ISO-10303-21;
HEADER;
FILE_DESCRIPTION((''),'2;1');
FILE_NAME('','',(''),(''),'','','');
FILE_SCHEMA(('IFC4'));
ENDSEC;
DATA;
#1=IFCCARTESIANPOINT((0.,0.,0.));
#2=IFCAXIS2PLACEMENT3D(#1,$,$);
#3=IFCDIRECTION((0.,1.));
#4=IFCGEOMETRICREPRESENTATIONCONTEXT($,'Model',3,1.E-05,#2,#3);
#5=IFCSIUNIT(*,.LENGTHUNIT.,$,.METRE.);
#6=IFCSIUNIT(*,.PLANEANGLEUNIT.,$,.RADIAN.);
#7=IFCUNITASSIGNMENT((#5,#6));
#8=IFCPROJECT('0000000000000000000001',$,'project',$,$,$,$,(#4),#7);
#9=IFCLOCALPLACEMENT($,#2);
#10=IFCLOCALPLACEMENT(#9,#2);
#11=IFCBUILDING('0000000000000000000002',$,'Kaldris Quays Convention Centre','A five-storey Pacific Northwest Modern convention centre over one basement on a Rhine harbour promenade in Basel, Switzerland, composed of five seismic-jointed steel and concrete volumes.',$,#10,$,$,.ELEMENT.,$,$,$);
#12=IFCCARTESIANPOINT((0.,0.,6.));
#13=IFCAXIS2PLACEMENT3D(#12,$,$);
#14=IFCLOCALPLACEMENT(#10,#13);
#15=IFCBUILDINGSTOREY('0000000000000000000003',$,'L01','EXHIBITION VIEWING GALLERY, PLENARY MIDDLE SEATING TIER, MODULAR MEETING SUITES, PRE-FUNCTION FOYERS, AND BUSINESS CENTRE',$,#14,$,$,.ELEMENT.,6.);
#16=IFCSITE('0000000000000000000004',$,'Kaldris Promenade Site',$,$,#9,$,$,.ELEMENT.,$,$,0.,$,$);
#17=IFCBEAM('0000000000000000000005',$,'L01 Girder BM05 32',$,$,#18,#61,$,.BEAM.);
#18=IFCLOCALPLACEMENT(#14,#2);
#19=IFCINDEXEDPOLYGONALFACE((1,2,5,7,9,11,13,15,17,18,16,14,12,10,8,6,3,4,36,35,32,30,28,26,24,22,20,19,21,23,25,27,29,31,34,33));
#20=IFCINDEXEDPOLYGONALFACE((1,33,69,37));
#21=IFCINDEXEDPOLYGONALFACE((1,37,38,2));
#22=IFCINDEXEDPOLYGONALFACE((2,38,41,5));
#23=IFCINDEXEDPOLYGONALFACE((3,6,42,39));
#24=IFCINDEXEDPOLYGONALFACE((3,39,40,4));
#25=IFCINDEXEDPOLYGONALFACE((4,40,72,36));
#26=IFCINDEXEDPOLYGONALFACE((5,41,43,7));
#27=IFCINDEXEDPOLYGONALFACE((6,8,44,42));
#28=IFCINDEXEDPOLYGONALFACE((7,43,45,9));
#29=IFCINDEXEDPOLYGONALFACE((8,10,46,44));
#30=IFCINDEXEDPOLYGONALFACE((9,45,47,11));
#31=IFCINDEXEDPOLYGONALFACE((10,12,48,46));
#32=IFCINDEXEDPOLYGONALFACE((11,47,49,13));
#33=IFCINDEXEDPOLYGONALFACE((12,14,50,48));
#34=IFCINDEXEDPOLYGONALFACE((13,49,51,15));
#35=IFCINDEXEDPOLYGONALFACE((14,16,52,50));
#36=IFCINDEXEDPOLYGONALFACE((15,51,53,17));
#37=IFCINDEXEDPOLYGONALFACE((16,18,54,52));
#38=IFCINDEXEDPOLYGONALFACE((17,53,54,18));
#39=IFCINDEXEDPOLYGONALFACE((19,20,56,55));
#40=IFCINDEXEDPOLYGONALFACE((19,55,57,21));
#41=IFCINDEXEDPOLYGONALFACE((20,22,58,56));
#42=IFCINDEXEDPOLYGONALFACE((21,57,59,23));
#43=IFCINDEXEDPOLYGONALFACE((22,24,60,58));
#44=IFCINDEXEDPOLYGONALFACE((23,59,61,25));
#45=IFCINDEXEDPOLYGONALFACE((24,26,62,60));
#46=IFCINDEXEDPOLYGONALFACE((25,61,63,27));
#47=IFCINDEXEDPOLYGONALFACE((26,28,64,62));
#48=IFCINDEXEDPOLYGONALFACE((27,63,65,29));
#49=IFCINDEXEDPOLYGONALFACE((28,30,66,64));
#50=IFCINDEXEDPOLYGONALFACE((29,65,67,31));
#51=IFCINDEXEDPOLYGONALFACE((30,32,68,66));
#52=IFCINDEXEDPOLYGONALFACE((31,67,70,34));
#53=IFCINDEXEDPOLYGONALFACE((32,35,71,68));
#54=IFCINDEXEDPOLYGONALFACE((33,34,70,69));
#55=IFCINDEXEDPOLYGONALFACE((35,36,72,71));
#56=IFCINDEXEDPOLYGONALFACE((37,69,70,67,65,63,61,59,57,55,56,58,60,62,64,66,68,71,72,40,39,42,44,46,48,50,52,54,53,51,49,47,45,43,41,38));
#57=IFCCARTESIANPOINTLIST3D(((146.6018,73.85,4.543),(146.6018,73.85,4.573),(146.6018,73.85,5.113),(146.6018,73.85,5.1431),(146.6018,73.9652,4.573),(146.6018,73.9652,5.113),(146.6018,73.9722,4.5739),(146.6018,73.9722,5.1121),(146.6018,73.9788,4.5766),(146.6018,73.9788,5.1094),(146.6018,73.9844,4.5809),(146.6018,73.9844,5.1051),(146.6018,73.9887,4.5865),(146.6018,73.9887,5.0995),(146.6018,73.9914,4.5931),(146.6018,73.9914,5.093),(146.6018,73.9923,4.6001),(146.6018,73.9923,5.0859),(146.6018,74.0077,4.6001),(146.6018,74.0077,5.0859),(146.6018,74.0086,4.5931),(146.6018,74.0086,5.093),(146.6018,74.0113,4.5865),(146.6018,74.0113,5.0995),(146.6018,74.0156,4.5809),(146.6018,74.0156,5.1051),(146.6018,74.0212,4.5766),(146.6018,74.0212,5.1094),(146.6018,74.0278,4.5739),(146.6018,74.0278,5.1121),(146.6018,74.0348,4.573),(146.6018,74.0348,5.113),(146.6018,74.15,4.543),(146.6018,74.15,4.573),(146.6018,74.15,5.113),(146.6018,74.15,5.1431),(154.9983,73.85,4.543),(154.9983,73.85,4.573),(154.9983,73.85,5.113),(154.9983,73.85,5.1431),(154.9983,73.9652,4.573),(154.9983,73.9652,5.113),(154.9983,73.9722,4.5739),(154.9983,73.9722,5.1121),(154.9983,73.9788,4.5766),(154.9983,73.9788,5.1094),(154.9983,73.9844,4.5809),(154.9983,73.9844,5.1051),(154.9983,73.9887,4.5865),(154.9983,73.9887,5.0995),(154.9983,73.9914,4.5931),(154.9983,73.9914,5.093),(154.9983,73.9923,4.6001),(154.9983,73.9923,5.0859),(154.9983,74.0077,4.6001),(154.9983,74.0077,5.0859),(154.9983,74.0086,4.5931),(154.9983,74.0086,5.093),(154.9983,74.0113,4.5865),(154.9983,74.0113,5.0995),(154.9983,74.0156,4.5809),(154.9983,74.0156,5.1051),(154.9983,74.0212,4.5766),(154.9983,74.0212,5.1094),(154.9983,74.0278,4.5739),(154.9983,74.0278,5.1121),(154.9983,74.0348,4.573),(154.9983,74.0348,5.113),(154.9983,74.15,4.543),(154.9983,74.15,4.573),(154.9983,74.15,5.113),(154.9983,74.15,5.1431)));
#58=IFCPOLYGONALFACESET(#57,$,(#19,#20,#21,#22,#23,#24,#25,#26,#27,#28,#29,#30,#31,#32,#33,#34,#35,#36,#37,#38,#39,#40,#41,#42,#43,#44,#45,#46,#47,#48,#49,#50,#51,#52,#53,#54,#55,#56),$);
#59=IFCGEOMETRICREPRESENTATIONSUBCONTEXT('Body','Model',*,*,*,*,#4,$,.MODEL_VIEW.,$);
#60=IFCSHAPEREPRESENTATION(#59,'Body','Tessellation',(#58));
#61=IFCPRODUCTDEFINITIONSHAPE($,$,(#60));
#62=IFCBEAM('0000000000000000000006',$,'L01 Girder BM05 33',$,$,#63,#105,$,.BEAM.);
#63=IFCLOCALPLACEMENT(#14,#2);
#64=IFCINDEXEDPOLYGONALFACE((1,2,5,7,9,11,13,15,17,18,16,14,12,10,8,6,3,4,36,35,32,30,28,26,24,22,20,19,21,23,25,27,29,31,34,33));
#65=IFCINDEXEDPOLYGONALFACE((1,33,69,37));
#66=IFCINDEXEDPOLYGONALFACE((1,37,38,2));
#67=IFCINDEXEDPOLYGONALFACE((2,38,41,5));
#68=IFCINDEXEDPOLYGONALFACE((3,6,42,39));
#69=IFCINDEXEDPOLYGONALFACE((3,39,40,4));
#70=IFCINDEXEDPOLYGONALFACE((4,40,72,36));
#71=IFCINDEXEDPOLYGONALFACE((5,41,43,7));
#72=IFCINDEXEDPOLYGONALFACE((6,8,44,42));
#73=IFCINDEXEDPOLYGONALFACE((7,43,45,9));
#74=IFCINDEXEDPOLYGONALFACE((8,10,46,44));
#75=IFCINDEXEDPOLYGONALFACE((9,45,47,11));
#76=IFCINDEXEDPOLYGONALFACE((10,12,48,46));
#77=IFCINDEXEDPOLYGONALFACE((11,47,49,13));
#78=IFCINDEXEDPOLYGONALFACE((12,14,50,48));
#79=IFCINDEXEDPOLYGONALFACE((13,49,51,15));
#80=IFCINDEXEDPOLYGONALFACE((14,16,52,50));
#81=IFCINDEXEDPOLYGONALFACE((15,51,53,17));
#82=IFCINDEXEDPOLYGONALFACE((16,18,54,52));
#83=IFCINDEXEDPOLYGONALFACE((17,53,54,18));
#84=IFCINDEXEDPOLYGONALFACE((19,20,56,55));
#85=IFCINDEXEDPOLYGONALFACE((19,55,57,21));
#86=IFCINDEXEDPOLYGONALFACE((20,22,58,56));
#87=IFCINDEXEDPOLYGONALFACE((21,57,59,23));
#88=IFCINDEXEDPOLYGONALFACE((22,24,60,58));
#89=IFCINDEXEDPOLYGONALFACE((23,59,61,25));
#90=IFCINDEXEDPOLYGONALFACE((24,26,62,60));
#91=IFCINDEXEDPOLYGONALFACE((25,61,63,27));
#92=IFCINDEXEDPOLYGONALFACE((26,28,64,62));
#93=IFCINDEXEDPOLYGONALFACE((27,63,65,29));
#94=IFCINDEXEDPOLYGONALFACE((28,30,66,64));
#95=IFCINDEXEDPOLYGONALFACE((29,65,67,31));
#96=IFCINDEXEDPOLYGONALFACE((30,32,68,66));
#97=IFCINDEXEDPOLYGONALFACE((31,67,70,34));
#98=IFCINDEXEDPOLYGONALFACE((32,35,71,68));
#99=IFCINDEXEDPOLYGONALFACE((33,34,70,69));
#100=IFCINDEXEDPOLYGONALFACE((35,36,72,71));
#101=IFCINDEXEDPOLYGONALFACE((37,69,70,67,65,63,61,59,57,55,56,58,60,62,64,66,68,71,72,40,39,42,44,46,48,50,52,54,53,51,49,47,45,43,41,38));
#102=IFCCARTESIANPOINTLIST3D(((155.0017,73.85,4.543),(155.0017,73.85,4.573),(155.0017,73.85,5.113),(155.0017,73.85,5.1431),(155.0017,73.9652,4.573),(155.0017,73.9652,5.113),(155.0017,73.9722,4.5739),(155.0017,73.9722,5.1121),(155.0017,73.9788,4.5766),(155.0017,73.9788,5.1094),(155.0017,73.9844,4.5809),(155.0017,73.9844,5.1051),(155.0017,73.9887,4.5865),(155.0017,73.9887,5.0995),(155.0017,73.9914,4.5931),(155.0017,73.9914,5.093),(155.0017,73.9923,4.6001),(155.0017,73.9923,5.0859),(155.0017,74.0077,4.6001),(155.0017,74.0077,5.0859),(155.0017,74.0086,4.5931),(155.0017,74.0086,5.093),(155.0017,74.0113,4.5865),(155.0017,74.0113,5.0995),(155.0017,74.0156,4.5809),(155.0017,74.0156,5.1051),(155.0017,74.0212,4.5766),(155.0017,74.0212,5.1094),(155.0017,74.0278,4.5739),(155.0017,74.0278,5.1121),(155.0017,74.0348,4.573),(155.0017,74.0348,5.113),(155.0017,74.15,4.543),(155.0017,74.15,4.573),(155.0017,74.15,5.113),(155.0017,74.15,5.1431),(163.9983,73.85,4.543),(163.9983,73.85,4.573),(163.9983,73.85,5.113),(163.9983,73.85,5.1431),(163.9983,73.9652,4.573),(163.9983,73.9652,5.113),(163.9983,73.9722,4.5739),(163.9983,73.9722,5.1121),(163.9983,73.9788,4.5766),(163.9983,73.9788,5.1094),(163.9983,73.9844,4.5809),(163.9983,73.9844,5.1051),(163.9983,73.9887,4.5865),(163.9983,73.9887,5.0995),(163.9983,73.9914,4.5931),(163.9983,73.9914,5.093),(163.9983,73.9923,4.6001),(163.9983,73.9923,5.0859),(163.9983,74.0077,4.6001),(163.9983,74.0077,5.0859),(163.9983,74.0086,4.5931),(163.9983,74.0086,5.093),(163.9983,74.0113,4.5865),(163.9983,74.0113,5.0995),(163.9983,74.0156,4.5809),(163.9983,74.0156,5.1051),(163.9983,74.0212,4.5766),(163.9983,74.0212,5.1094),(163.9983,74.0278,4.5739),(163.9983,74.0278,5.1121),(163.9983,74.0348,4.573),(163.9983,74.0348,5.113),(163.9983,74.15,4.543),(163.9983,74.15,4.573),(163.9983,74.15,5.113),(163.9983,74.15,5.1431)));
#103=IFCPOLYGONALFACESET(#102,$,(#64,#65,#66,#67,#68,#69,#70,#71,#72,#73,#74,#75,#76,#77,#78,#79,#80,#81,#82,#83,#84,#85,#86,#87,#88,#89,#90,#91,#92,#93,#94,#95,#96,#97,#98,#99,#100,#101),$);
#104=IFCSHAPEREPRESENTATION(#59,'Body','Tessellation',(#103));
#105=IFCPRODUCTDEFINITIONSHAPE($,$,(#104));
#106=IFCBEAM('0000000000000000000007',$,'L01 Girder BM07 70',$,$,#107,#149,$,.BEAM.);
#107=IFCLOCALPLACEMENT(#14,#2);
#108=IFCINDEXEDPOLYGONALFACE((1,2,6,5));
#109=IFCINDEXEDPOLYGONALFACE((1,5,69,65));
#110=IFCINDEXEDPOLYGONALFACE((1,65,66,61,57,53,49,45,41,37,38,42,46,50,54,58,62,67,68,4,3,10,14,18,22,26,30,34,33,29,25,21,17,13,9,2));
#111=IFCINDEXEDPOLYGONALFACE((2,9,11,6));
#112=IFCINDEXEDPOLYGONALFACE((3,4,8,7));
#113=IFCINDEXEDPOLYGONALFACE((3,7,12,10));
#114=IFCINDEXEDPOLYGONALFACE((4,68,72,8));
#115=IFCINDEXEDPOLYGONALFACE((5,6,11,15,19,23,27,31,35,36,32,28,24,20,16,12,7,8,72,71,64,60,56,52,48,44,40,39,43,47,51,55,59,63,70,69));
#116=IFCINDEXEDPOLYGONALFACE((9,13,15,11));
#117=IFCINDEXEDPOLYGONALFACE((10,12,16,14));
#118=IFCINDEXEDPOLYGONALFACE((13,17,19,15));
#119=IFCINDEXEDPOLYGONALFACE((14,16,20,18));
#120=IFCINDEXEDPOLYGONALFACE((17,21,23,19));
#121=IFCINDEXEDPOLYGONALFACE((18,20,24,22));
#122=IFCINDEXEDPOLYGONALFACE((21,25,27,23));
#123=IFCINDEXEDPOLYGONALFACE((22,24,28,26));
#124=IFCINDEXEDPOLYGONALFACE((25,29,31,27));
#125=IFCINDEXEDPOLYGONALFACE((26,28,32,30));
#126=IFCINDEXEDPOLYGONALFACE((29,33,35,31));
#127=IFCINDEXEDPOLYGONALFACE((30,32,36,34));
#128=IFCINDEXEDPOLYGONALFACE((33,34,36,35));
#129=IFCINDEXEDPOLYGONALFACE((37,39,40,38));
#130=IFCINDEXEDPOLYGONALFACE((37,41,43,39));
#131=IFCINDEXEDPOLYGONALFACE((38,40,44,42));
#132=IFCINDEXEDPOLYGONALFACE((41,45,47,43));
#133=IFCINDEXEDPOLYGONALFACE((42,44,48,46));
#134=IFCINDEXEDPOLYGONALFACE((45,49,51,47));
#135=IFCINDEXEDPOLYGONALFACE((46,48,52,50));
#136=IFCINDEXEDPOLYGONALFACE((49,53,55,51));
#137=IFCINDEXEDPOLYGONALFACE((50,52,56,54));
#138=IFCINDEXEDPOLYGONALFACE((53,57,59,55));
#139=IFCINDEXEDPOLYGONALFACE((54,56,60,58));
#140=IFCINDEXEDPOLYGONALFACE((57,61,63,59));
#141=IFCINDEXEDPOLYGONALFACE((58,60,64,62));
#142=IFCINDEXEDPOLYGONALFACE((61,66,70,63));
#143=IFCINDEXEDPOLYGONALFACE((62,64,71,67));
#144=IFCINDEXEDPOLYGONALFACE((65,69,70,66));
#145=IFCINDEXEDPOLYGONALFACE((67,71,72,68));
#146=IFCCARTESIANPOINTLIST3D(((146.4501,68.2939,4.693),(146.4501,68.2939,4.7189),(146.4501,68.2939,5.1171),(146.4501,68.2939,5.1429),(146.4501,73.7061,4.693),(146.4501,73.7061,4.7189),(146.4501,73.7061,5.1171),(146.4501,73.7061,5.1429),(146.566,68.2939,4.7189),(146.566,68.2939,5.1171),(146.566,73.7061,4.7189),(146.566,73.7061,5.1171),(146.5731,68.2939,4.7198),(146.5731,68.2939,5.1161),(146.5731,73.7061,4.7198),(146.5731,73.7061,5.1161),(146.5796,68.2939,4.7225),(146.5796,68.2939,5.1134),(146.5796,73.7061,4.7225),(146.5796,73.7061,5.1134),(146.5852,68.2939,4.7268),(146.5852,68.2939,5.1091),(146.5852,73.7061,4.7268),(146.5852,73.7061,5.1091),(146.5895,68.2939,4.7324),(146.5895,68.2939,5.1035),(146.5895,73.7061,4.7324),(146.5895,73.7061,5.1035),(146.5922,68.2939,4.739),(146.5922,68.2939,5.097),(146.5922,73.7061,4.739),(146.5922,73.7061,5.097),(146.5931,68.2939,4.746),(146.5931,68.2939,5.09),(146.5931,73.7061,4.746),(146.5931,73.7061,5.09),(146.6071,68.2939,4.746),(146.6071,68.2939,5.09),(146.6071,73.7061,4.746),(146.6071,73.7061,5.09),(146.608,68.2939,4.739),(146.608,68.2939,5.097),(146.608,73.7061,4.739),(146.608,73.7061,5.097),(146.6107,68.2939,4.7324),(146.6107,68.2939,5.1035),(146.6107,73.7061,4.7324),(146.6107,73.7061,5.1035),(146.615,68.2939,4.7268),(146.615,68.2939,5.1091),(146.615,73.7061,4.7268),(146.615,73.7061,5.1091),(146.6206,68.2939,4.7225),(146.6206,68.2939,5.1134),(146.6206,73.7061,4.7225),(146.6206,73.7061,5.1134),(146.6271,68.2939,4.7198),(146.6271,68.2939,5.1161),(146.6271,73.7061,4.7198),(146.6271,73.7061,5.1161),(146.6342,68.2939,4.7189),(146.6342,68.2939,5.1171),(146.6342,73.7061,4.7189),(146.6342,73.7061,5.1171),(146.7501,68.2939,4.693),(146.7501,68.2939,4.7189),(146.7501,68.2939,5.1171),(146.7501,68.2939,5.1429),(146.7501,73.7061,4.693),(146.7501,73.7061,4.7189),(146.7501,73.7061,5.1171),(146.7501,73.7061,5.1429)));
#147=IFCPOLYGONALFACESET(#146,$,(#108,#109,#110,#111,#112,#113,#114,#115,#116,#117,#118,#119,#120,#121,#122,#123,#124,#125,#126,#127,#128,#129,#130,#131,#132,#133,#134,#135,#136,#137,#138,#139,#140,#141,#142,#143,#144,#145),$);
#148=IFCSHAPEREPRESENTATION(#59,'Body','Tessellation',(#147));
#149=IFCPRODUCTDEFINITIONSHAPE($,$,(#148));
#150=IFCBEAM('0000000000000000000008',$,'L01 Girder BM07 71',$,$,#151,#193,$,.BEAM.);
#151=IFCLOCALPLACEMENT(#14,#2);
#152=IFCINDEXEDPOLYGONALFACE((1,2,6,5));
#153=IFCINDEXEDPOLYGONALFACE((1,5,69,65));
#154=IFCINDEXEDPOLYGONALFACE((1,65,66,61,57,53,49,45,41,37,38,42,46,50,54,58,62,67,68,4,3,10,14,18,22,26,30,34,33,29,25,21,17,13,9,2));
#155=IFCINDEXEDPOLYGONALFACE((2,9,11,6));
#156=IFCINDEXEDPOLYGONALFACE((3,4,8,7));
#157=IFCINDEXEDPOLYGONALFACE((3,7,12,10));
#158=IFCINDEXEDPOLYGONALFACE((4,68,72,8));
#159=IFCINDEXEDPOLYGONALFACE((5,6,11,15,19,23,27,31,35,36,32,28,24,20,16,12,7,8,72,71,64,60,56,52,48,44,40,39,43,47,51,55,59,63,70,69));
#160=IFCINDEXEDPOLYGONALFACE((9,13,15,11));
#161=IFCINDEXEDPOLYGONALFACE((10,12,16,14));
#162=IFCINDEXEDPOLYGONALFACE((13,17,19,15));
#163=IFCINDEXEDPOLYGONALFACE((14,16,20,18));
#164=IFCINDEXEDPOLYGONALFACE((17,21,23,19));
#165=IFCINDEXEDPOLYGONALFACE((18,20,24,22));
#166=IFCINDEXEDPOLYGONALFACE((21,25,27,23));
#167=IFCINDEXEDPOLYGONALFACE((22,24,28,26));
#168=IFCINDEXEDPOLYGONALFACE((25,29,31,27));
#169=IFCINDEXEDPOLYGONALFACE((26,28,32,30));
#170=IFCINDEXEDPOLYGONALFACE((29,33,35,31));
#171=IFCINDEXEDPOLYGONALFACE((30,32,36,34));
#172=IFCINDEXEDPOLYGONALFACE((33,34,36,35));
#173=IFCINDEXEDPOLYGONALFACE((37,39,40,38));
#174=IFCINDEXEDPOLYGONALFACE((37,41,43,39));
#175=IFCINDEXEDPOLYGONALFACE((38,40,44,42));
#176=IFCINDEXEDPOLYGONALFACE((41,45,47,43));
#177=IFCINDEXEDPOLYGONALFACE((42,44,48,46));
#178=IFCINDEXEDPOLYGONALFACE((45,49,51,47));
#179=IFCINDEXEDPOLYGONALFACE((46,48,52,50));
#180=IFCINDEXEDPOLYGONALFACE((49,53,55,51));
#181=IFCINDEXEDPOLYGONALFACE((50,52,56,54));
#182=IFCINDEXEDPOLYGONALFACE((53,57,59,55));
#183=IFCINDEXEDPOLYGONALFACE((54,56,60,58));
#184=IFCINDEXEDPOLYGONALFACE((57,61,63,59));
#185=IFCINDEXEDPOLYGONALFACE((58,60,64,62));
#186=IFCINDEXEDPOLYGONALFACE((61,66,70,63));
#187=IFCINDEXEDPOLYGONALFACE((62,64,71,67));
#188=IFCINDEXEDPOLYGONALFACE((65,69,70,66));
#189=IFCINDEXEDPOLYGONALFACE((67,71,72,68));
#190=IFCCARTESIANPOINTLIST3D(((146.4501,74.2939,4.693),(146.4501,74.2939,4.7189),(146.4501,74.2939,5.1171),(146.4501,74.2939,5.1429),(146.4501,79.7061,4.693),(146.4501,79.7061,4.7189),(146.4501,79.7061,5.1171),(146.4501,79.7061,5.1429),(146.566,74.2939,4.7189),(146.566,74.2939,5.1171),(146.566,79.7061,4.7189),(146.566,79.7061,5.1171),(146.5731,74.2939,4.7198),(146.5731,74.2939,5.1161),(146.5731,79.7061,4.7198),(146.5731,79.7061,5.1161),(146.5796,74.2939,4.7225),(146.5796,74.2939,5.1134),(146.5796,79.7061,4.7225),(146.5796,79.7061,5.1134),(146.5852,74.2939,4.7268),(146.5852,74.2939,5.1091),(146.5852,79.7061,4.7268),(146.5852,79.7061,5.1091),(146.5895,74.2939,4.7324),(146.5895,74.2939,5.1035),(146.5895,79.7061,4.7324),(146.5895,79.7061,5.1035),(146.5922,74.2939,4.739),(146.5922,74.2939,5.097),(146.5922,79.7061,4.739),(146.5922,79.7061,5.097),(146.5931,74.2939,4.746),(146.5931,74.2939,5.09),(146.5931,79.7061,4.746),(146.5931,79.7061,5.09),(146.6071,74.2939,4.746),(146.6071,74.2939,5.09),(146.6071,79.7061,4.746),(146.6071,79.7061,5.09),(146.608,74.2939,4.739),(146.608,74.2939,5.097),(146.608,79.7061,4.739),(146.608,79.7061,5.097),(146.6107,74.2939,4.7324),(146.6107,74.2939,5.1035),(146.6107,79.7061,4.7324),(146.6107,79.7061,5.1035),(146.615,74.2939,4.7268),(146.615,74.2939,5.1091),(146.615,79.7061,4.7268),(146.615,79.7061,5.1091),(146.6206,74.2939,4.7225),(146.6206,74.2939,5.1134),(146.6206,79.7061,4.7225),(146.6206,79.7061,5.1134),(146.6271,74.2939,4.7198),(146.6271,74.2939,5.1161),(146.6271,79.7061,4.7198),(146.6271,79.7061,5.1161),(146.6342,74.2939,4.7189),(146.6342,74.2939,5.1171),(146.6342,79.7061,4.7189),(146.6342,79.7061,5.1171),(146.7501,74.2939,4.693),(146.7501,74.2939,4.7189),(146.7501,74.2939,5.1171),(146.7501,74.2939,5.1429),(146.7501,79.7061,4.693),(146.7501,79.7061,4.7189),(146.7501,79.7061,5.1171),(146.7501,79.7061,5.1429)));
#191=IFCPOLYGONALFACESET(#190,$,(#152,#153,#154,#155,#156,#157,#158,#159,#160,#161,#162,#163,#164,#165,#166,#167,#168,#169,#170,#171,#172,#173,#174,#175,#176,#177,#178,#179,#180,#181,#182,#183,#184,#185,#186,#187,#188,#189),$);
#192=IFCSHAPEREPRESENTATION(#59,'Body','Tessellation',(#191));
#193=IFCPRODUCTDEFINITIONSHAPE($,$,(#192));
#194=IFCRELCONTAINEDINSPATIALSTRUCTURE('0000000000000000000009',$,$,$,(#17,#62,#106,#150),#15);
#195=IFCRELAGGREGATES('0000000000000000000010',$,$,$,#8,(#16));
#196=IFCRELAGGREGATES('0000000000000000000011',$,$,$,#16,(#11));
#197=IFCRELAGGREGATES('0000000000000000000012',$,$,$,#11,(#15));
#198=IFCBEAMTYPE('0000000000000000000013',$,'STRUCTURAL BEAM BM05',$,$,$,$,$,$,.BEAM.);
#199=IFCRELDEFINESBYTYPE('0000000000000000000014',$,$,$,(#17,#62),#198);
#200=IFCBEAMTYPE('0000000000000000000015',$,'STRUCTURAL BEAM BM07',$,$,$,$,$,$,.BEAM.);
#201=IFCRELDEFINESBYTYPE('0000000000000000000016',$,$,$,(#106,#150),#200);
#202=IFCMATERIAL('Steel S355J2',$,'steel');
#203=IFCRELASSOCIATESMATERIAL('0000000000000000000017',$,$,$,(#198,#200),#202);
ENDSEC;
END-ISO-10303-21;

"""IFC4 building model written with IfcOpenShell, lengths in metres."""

from ifc_helpers import new_model, si_unit, direction, frame, origin, origin_2d, place, context, subcontext, project, spatial, i_section, extrude, material, material_profile, profile_set, type_object, element, save


model = new_model("IFC4")

# Units and contexts
model_context = context("Model", 3, precision=1e-05, world=origin(), true_north=direction((0.0, 1.0)))
body_context = subcontext(model_context, "Body", "Model", "MODEL_VIEW")
ifc_project = project(units=[si_unit("LENGTHUNIT", "METRE"), si_unit("PLANEANGLEUNIT", "RADIAN")], contexts=[model_context])

# Site, building, storey
site_placement = place(None, origin())
site = spatial("IfcSite", under=ifc_project, at=site_placement, Name="Kaldris Promenade Site", CompositionType="ELEMENT", RefElevation=0.0)
building_placement = place(site_placement, origin())
building = spatial("IfcBuilding", under=site, at=building_placement, Name="Kaldris Quays Convention Centre", Description="A five-storey Pacific Northwest Modern convention centre over one basement on a Rhine harbour promenade in Basel, Switzerland, composed of five seismic-jointed steel and concrete volumes.", CompositionType="ELEMENT")
storey_placement = place(building_placement, frame((0.0, 0.0, 6.0)))
storey = spatial("IfcBuildingStorey", under=building, at=storey_placement, Name="L01", Description="EXHIBITION VIEWING GALLERY, PLENARY MIDDLE SEATING TIER, MODULAR MEETING SUITES, PRE-FUNCTION FOYERS, AND BUSINESS CENTRE", CompositionType="ELEMENT", Elevation=6.0)

# Shared definitions
ifc_material_1 = material(Name="Steel S355J2", Category="steel")

# Beams
ifc_material_profile_1 = material_profile(ifc_material_1, i_section(OverallWidth=0.3, OverallDepth=0.6001, WebThickness=0.0154, FlangeThickness=0.03, FilletRadius=0.0271, at=origin_2d()), Name="HEB 600")
ifc_profile_set_1 = profile_set([ifc_material_profile_1], Name="Steel S355J2")
beam_type_1 = type_object("IfcBeamType", Name="STRUCTURAL BEAM BM05", PredefinedType="BEAM", material=ifc_profile_set_1)
beam_1_placement = place(storey_placement, frame((146.6018, 74.0, 4.843), z_axis=(1.0, 0.0, 0.0), x_axis=(0.0, 1.0, 0.0)))
element("IfcBeam", 1, at=beam_1_placement, inside=storey, type_object=beam_type_1, Name="L01 Girder BM05 32", PredefinedType="BEAM", context=body_context, shape_type="SweptSolid", body=[
    extrude(i_section(OverallWidth=0.3, OverallDepth=0.6001, WebThickness=0.0154, FlangeThickness=0.03, FilletRadius=0.0271, at=origin_2d()), origin(), (0.0, 0.0, 1.0), 8.3965),
])
beam_2_placement = place(storey_placement, frame((155.0017, 74.0, 4.843), z_axis=(1.0, 0.0, 0.0), x_axis=(0.0, 1.0, 0.0)))
element("IfcBeam", 2, at=beam_2_placement, inside=storey, type_object=beam_type_1, Name="L01 Girder BM05 33", PredefinedType="BEAM", context=body_context, shape_type="SweptSolid", body=[
    extrude(i_section(OverallWidth=0.3, OverallDepth=0.6001, WebThickness=0.0154, FlangeThickness=0.03, FilletRadius=0.0271, at=origin_2d()), origin(), (0.0, 0.0, 1.0), 8.9966),
])
ifc_material_profile_2 = material_profile(ifc_material_1, i_section(OverallWidth=0.3, OverallDepth=0.45, WebThickness=0.0139, FlangeThickness=0.0259, FilletRadius=0.0271, at=origin_2d()), Name="HEB 450")
ifc_profile_set_2 = profile_set([ifc_material_profile_2], Name="Steel S355J2")
beam_type_2 = type_object("IfcBeamType", Name="STRUCTURAL BEAM BM07", PredefinedType="BEAM", material=ifc_profile_set_2)
for number, where, z_axis, x_axis, name in (
    (3, (146.6001, 68.2939, 4.918), (0.0, 1.0, 0.0), (-1.0, 0.0, 0.0), "L01 Girder BM07 70"),
    (4, (146.6001, 74.2939, 4.918), (0.0, 1.0, 0.0), (-1.0, 0.0, 0.0), "L01 Girder BM07 71"),
):
    element("IfcBeam", number, at=place(storey_placement, frame(where, z_axis=z_axis, x_axis=x_axis)), inside=storey, type_object=beam_type_2, Name=name, PredefinedType="BEAM", context=body_context, shape_type="SweptSolid", body=[
        extrude(i_section(OverallWidth=0.3, OverallDepth=0.45, WebThickness=0.0139, FlangeThickness=0.0259, FilletRadius=0.0271, at=origin_2d()), origin(), (0.0, 0.0, 1.0), 5.4121),
    ])

save(model, "model.ifc")
